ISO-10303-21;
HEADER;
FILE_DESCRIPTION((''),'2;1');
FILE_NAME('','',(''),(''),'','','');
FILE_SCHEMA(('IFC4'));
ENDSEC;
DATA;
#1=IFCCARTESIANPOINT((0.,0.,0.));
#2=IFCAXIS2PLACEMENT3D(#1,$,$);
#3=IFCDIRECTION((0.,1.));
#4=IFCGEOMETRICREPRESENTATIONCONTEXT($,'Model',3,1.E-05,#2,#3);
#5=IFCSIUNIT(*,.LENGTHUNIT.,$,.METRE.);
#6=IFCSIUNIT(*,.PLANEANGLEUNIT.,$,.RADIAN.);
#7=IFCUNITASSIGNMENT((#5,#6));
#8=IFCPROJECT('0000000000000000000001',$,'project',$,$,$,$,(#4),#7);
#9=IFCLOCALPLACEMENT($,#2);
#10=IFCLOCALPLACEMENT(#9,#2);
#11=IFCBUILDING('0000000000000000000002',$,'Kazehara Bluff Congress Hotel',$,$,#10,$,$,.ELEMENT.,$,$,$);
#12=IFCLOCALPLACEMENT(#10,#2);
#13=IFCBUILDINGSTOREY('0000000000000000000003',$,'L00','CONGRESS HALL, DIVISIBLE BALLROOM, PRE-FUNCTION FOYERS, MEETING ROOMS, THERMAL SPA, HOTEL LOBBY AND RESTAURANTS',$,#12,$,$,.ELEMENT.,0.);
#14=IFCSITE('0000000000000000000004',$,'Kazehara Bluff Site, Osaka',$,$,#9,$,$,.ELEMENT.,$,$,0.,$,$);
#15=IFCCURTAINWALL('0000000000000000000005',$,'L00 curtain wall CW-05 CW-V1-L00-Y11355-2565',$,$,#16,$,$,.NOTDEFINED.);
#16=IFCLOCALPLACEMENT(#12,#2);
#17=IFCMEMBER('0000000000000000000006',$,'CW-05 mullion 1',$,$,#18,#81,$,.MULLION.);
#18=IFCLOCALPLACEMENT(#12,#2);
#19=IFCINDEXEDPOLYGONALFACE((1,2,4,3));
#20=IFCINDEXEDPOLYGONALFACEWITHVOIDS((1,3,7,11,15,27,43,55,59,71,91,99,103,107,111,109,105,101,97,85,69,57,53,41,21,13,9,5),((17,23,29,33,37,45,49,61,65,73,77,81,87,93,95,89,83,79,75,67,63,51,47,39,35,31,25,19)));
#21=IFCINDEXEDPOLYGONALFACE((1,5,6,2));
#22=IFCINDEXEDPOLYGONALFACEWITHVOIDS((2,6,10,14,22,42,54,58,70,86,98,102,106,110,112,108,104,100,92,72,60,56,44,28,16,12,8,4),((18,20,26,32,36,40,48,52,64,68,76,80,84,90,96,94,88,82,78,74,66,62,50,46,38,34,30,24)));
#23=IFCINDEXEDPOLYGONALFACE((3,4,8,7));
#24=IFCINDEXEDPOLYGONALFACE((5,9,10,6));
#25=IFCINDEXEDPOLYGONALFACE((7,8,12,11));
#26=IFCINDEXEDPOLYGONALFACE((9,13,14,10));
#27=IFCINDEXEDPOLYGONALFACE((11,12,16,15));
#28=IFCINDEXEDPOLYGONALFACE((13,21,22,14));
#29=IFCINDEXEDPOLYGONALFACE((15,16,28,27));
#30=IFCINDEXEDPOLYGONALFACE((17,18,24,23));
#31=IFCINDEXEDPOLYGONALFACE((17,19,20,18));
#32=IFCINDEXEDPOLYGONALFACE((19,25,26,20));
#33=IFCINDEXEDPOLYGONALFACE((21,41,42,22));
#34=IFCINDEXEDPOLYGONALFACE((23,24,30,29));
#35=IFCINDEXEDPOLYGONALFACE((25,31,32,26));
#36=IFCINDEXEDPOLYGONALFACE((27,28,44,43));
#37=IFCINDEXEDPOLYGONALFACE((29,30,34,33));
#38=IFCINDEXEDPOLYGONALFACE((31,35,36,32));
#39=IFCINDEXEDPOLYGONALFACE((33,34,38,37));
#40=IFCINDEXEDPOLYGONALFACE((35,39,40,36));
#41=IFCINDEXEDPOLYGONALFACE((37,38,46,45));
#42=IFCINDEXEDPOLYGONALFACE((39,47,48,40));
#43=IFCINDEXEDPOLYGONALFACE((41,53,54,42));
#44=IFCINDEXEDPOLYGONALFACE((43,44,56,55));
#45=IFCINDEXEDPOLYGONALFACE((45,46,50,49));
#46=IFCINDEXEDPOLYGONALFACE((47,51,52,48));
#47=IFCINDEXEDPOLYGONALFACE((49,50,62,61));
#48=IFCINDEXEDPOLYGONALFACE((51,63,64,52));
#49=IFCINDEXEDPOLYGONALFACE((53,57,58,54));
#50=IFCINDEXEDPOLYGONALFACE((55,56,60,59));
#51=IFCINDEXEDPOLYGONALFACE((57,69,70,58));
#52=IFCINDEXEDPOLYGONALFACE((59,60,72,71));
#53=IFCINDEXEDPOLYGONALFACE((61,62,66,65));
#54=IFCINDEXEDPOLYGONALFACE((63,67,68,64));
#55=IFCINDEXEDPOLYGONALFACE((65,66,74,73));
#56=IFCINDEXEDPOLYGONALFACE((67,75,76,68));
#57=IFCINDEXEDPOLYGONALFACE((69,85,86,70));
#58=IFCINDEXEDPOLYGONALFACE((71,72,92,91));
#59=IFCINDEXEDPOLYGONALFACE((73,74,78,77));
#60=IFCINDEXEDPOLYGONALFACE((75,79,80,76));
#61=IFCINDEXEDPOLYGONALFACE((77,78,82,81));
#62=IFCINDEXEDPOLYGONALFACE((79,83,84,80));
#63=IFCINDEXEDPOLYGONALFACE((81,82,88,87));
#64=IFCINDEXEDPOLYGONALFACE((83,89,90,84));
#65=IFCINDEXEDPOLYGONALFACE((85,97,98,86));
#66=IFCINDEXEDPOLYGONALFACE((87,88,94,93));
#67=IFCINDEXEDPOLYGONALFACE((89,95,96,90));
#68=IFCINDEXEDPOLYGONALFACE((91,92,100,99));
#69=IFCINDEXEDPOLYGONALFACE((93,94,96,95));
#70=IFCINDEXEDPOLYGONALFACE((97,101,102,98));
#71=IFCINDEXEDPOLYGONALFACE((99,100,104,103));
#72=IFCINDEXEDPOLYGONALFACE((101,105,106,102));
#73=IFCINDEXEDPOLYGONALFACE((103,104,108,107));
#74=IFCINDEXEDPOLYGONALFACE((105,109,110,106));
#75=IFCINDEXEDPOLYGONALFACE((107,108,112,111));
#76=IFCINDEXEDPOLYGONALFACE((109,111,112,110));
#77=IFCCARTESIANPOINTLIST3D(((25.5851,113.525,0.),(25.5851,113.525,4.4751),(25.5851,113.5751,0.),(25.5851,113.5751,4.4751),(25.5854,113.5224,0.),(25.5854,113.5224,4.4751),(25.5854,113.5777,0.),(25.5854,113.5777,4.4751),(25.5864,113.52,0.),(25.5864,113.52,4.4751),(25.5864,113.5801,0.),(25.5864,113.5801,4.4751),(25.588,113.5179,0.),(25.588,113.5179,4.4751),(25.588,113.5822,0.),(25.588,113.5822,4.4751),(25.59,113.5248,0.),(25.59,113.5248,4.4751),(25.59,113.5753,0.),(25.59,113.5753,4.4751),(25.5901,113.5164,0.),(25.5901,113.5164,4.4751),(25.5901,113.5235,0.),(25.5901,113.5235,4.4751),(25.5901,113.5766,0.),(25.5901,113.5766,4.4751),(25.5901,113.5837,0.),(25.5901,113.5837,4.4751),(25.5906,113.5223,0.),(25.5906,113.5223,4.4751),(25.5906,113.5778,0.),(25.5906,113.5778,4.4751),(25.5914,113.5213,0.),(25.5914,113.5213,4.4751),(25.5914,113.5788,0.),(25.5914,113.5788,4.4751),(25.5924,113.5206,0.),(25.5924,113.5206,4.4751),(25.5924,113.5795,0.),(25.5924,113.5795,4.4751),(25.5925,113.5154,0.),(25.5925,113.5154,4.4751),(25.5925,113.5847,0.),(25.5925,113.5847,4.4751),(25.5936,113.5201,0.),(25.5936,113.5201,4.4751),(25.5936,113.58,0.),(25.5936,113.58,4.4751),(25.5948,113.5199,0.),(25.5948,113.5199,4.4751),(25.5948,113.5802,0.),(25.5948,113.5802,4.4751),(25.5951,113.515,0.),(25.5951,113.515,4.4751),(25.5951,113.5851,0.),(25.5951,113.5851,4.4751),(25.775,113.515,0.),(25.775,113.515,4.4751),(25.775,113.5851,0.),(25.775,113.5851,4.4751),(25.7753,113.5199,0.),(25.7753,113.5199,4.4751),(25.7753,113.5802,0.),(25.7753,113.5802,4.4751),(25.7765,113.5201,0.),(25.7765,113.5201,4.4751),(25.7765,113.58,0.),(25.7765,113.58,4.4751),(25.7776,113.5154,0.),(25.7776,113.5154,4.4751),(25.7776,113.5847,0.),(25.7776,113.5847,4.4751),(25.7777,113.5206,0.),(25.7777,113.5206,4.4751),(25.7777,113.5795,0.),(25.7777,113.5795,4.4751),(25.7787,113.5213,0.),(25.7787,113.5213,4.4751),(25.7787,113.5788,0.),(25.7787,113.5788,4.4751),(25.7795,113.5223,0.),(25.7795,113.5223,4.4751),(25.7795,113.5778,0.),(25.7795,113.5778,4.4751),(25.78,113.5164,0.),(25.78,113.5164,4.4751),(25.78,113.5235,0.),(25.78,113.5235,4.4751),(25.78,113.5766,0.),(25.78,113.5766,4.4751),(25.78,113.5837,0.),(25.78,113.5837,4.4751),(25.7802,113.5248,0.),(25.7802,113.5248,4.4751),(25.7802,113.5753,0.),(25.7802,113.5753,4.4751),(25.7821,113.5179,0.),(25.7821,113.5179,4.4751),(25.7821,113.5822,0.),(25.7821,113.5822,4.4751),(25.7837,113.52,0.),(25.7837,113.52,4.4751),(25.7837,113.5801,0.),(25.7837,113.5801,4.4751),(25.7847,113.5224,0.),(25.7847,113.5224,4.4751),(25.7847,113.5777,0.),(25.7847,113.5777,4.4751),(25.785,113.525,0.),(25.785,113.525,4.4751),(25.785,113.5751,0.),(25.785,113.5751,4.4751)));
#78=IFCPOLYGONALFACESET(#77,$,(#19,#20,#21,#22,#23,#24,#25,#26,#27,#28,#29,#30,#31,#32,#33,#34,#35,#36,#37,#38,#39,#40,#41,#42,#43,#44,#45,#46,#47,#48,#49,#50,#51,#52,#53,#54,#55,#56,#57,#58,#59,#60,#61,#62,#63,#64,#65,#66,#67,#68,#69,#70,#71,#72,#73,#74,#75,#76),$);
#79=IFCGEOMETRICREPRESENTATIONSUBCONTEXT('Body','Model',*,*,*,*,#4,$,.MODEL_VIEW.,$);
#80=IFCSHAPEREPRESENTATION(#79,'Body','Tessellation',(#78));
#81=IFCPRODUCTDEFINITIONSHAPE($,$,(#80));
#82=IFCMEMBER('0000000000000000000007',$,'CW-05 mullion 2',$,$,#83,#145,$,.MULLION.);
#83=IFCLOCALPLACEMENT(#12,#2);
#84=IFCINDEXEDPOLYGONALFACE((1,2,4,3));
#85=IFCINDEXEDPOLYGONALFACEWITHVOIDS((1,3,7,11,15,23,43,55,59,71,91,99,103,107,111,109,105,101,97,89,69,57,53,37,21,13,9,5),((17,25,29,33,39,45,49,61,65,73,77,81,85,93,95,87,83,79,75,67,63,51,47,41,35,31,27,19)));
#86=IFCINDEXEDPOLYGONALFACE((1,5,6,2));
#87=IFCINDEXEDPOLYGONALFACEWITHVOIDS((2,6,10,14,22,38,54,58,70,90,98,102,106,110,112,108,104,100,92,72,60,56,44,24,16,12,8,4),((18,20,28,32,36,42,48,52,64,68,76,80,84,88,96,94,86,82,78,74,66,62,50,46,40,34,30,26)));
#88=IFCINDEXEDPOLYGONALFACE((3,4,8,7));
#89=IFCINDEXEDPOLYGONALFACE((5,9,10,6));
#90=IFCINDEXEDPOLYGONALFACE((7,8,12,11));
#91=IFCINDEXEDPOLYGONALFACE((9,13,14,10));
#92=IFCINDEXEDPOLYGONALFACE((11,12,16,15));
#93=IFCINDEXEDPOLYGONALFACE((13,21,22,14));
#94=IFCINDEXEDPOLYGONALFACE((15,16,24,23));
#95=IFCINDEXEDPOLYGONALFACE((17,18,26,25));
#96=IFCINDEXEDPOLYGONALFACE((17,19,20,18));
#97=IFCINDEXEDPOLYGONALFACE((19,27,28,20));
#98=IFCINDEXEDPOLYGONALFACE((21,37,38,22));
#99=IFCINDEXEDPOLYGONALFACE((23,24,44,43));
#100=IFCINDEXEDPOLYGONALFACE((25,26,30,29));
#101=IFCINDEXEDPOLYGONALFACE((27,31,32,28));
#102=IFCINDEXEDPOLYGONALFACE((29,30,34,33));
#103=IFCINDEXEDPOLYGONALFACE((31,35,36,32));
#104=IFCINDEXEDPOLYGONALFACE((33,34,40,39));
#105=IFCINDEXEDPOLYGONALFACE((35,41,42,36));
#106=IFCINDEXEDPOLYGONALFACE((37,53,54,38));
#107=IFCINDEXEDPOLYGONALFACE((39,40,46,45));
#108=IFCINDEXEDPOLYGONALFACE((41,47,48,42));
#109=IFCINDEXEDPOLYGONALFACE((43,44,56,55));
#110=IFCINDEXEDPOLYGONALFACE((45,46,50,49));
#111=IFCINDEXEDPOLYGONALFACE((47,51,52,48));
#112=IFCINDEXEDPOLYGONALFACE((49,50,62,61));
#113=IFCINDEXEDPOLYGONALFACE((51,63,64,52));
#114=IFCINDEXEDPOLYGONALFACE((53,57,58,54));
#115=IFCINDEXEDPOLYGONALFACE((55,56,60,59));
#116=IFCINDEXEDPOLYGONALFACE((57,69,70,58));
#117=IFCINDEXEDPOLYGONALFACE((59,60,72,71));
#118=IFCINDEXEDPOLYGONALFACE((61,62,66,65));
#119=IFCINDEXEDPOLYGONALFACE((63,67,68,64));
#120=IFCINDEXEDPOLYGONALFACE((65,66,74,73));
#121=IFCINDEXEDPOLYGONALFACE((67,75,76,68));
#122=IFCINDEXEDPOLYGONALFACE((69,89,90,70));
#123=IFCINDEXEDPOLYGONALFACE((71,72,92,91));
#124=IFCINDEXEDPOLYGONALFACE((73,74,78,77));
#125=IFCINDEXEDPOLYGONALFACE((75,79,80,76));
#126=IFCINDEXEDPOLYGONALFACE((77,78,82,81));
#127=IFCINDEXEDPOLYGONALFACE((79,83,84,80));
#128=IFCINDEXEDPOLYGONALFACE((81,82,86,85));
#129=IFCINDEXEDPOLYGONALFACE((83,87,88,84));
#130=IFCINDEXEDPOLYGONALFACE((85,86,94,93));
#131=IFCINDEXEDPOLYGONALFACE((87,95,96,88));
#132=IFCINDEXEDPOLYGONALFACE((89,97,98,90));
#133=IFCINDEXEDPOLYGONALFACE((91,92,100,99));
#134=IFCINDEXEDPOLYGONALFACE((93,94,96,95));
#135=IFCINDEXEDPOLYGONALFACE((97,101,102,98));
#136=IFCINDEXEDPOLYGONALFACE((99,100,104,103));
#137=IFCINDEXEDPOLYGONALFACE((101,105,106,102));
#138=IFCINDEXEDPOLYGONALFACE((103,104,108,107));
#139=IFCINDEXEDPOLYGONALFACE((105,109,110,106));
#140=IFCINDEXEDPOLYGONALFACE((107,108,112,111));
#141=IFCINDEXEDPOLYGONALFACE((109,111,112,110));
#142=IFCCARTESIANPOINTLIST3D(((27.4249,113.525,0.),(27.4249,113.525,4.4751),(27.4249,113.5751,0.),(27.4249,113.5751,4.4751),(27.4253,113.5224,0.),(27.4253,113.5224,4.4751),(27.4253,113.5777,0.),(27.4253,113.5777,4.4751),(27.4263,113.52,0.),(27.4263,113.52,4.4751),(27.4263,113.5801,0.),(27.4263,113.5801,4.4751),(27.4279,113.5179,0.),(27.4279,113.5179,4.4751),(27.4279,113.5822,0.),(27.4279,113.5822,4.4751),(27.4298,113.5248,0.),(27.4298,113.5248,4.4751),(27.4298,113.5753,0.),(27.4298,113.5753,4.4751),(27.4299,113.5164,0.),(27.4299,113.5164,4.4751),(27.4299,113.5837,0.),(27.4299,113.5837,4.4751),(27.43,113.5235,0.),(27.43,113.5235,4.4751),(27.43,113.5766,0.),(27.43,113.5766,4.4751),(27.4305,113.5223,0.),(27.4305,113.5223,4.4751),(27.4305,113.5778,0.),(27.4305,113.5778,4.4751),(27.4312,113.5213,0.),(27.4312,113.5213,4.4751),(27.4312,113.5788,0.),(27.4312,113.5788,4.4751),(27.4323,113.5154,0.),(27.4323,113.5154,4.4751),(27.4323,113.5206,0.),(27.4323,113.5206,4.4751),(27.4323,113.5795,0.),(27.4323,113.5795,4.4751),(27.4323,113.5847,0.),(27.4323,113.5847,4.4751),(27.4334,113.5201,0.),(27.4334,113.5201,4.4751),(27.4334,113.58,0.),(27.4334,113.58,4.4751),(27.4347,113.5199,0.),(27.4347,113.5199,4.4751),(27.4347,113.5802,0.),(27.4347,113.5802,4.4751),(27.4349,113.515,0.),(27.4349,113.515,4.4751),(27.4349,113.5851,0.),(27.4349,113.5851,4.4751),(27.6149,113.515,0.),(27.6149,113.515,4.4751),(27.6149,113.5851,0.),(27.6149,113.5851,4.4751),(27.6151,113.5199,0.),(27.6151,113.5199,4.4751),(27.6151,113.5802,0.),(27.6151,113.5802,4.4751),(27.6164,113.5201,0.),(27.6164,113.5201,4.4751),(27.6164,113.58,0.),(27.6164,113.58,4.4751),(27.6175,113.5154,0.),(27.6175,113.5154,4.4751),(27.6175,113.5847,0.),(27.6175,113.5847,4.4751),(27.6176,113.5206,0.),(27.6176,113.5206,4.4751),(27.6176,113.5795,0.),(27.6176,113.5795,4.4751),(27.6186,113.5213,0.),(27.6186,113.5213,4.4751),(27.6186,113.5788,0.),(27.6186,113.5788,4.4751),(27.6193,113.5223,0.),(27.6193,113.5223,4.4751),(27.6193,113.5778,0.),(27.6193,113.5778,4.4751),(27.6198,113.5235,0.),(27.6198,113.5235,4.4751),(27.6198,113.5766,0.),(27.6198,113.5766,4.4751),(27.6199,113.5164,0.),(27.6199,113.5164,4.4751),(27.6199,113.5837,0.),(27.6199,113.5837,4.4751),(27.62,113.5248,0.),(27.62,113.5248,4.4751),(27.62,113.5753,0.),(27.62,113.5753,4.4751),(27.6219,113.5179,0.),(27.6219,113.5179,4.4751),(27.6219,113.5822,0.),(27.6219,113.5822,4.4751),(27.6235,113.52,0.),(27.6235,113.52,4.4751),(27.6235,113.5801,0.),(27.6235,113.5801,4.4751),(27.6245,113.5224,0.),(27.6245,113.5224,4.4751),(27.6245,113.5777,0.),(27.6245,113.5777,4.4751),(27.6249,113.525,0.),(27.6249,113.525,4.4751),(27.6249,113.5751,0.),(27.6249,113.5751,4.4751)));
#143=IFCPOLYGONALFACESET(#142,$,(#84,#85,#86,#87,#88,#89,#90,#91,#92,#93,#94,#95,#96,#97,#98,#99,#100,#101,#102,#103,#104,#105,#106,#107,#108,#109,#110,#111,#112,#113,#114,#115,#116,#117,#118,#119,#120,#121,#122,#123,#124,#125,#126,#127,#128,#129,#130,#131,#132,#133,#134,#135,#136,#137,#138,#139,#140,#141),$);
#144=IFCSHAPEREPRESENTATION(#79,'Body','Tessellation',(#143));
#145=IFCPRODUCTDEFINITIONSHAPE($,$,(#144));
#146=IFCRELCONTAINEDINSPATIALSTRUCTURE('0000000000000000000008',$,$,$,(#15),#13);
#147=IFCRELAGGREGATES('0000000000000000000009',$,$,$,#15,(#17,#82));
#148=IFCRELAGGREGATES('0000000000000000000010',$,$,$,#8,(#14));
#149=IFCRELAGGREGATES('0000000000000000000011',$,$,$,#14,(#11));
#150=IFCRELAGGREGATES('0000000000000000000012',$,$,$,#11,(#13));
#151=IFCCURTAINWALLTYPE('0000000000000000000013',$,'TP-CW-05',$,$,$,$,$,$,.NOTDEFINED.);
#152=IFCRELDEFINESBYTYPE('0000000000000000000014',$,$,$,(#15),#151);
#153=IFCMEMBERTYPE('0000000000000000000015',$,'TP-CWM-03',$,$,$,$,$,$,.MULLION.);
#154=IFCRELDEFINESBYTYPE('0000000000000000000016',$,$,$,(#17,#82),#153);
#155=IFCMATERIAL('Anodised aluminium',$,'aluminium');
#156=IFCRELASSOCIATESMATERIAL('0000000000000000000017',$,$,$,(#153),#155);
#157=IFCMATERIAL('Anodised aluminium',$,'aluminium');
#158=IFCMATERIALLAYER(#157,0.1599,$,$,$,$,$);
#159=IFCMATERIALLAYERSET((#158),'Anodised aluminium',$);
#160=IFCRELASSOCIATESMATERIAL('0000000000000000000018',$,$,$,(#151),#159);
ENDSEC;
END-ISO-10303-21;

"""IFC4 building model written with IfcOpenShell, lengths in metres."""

from ifc_helpers import new_model, si_unit, direction, frame, origin, origin_2d, place, context, subcontext, project, spatial, hollow_rectangle, extrude, material, layer, layer_set, material_profile, profile_set, type_object, element, aggregate, save


model = new_model("IFC4")

# Units and contexts
model_context = context("Model", 3, precision=1e-05, world=origin(), true_north=direction((0.0, 1.0)))
body_context = subcontext(model_context, "Body", "Model", "MODEL_VIEW")
ifc_project = project(units=[si_unit("LENGTHUNIT", "METRE"), si_unit("PLANEANGLEUNIT", "RADIAN")], contexts=[model_context])

# Site, building, storey
site_placement = place(None, origin())
site = spatial("IfcSite", under=ifc_project, at=site_placement, Name="Kazehara Bluff Site, Osaka", CompositionType="ELEMENT", RefElevation=0.0)
building_placement = place(site_placement, origin())
building = spatial("IfcBuilding", under=site, at=building_placement, Name="Kazehara Bluff Congress Hotel", CompositionType="ELEMENT")
storey_placement = place(building_placement, origin())
storey = spatial("IfcBuildingStorey", under=building, at=storey_placement, Name="L00", Description="CONGRESS HALL, DIVISIBLE BALLROOM, PRE-FUNCTION FOYERS, MEETING ROOMS, THERMAL SPA, HOTEL LOBBY AND RESTAURANTS", CompositionType="ELEMENT", Elevation=0.0)

# Shared definitions
ifc_material_1 = material(Name="Anodised aluminium", Category="aluminium")
ifc_material_profile_1 = material_profile(ifc_material_1, hollow_rectangle(XDim=0.0701, YDim=0.2, WallThickness=0.0049, InnerFilletRadius=0.0049, OuterFilletRadius=0.01, at=origin_2d()))
ifc_profile_set_1 = profile_set([ifc_material_profile_1], Name="Anodised aluminium")
member_type_1 = type_object("IfcMemberType", Name="TP-CWM-03", PredefinedType="MULLION", material=ifc_profile_set_1)

# Curtain wall, members
ifc_material_2 = material(Name="Anodised aluminium", Category="aluminium")
ifc_layer_1 = layer(ifc_material_2, 0.1599)
ifc_layer_set_1 = layer_set([ifc_layer_1], Name="Anodised aluminium")
curtain_wall_type_1 = type_object("IfcCurtainWallType", Name="TP-CW-05", PredefinedType="NOTDEFINED", material=ifc_layer_set_1)
curtain_wall_1_placement = place(storey_placement, origin())
curtain_wall_1 = element("IfcCurtainWall", 1, at=curtain_wall_1_placement, inside=storey, type_object=curtain_wall_type_1, Name="L00 curtain wall CW-05 CW-V1-L00-Y11355-2565", PredefinedType="NOTDEFINED")
member_1_placement = place(storey_placement, frame((25.6851, 113.55, 0.0), z_axis=(0.0, 0.0, 1.0), x_axis=(0.0, 1.0, 0.0)))
member_1 = element("IfcMember", 2, at=member_1_placement, type_object=member_type_1, Name="CW-05 mullion 1", PredefinedType="MULLION", context=body_context, shape_type="SweptSolid", body=[
    extrude(hollow_rectangle(XDim=0.0701, YDim=0.2, WallThickness=0.0049, InnerFilletRadius=0.0049, OuterFilletRadius=0.01, at=origin_2d()), origin(), (0.0, 0.0, 1.0), 4.4751),
])
member_2_placement = place(storey_placement, frame((27.5249, 113.55, 0.0), z_axis=(0.0, 0.0, 1.0), x_axis=(0.0, 1.0, 0.0)))
member_2 = element("IfcMember", 3, at=member_2_placement, type_object=member_type_1, Name="CW-05 mullion 2", PredefinedType="MULLION", context=body_context, shape_type="SweptSolid", body=[
    extrude(hollow_rectangle(XDim=0.0701, YDim=0.2, WallThickness=0.0049, InnerFilletRadius=0.0049, OuterFilletRadius=0.01, at=origin_2d()), origin(), (0.0, 0.0, 1.0), 4.4751),
])

aggregate(curtain_wall_1, [member_1, member_2])

save(model, "model.ifc")
